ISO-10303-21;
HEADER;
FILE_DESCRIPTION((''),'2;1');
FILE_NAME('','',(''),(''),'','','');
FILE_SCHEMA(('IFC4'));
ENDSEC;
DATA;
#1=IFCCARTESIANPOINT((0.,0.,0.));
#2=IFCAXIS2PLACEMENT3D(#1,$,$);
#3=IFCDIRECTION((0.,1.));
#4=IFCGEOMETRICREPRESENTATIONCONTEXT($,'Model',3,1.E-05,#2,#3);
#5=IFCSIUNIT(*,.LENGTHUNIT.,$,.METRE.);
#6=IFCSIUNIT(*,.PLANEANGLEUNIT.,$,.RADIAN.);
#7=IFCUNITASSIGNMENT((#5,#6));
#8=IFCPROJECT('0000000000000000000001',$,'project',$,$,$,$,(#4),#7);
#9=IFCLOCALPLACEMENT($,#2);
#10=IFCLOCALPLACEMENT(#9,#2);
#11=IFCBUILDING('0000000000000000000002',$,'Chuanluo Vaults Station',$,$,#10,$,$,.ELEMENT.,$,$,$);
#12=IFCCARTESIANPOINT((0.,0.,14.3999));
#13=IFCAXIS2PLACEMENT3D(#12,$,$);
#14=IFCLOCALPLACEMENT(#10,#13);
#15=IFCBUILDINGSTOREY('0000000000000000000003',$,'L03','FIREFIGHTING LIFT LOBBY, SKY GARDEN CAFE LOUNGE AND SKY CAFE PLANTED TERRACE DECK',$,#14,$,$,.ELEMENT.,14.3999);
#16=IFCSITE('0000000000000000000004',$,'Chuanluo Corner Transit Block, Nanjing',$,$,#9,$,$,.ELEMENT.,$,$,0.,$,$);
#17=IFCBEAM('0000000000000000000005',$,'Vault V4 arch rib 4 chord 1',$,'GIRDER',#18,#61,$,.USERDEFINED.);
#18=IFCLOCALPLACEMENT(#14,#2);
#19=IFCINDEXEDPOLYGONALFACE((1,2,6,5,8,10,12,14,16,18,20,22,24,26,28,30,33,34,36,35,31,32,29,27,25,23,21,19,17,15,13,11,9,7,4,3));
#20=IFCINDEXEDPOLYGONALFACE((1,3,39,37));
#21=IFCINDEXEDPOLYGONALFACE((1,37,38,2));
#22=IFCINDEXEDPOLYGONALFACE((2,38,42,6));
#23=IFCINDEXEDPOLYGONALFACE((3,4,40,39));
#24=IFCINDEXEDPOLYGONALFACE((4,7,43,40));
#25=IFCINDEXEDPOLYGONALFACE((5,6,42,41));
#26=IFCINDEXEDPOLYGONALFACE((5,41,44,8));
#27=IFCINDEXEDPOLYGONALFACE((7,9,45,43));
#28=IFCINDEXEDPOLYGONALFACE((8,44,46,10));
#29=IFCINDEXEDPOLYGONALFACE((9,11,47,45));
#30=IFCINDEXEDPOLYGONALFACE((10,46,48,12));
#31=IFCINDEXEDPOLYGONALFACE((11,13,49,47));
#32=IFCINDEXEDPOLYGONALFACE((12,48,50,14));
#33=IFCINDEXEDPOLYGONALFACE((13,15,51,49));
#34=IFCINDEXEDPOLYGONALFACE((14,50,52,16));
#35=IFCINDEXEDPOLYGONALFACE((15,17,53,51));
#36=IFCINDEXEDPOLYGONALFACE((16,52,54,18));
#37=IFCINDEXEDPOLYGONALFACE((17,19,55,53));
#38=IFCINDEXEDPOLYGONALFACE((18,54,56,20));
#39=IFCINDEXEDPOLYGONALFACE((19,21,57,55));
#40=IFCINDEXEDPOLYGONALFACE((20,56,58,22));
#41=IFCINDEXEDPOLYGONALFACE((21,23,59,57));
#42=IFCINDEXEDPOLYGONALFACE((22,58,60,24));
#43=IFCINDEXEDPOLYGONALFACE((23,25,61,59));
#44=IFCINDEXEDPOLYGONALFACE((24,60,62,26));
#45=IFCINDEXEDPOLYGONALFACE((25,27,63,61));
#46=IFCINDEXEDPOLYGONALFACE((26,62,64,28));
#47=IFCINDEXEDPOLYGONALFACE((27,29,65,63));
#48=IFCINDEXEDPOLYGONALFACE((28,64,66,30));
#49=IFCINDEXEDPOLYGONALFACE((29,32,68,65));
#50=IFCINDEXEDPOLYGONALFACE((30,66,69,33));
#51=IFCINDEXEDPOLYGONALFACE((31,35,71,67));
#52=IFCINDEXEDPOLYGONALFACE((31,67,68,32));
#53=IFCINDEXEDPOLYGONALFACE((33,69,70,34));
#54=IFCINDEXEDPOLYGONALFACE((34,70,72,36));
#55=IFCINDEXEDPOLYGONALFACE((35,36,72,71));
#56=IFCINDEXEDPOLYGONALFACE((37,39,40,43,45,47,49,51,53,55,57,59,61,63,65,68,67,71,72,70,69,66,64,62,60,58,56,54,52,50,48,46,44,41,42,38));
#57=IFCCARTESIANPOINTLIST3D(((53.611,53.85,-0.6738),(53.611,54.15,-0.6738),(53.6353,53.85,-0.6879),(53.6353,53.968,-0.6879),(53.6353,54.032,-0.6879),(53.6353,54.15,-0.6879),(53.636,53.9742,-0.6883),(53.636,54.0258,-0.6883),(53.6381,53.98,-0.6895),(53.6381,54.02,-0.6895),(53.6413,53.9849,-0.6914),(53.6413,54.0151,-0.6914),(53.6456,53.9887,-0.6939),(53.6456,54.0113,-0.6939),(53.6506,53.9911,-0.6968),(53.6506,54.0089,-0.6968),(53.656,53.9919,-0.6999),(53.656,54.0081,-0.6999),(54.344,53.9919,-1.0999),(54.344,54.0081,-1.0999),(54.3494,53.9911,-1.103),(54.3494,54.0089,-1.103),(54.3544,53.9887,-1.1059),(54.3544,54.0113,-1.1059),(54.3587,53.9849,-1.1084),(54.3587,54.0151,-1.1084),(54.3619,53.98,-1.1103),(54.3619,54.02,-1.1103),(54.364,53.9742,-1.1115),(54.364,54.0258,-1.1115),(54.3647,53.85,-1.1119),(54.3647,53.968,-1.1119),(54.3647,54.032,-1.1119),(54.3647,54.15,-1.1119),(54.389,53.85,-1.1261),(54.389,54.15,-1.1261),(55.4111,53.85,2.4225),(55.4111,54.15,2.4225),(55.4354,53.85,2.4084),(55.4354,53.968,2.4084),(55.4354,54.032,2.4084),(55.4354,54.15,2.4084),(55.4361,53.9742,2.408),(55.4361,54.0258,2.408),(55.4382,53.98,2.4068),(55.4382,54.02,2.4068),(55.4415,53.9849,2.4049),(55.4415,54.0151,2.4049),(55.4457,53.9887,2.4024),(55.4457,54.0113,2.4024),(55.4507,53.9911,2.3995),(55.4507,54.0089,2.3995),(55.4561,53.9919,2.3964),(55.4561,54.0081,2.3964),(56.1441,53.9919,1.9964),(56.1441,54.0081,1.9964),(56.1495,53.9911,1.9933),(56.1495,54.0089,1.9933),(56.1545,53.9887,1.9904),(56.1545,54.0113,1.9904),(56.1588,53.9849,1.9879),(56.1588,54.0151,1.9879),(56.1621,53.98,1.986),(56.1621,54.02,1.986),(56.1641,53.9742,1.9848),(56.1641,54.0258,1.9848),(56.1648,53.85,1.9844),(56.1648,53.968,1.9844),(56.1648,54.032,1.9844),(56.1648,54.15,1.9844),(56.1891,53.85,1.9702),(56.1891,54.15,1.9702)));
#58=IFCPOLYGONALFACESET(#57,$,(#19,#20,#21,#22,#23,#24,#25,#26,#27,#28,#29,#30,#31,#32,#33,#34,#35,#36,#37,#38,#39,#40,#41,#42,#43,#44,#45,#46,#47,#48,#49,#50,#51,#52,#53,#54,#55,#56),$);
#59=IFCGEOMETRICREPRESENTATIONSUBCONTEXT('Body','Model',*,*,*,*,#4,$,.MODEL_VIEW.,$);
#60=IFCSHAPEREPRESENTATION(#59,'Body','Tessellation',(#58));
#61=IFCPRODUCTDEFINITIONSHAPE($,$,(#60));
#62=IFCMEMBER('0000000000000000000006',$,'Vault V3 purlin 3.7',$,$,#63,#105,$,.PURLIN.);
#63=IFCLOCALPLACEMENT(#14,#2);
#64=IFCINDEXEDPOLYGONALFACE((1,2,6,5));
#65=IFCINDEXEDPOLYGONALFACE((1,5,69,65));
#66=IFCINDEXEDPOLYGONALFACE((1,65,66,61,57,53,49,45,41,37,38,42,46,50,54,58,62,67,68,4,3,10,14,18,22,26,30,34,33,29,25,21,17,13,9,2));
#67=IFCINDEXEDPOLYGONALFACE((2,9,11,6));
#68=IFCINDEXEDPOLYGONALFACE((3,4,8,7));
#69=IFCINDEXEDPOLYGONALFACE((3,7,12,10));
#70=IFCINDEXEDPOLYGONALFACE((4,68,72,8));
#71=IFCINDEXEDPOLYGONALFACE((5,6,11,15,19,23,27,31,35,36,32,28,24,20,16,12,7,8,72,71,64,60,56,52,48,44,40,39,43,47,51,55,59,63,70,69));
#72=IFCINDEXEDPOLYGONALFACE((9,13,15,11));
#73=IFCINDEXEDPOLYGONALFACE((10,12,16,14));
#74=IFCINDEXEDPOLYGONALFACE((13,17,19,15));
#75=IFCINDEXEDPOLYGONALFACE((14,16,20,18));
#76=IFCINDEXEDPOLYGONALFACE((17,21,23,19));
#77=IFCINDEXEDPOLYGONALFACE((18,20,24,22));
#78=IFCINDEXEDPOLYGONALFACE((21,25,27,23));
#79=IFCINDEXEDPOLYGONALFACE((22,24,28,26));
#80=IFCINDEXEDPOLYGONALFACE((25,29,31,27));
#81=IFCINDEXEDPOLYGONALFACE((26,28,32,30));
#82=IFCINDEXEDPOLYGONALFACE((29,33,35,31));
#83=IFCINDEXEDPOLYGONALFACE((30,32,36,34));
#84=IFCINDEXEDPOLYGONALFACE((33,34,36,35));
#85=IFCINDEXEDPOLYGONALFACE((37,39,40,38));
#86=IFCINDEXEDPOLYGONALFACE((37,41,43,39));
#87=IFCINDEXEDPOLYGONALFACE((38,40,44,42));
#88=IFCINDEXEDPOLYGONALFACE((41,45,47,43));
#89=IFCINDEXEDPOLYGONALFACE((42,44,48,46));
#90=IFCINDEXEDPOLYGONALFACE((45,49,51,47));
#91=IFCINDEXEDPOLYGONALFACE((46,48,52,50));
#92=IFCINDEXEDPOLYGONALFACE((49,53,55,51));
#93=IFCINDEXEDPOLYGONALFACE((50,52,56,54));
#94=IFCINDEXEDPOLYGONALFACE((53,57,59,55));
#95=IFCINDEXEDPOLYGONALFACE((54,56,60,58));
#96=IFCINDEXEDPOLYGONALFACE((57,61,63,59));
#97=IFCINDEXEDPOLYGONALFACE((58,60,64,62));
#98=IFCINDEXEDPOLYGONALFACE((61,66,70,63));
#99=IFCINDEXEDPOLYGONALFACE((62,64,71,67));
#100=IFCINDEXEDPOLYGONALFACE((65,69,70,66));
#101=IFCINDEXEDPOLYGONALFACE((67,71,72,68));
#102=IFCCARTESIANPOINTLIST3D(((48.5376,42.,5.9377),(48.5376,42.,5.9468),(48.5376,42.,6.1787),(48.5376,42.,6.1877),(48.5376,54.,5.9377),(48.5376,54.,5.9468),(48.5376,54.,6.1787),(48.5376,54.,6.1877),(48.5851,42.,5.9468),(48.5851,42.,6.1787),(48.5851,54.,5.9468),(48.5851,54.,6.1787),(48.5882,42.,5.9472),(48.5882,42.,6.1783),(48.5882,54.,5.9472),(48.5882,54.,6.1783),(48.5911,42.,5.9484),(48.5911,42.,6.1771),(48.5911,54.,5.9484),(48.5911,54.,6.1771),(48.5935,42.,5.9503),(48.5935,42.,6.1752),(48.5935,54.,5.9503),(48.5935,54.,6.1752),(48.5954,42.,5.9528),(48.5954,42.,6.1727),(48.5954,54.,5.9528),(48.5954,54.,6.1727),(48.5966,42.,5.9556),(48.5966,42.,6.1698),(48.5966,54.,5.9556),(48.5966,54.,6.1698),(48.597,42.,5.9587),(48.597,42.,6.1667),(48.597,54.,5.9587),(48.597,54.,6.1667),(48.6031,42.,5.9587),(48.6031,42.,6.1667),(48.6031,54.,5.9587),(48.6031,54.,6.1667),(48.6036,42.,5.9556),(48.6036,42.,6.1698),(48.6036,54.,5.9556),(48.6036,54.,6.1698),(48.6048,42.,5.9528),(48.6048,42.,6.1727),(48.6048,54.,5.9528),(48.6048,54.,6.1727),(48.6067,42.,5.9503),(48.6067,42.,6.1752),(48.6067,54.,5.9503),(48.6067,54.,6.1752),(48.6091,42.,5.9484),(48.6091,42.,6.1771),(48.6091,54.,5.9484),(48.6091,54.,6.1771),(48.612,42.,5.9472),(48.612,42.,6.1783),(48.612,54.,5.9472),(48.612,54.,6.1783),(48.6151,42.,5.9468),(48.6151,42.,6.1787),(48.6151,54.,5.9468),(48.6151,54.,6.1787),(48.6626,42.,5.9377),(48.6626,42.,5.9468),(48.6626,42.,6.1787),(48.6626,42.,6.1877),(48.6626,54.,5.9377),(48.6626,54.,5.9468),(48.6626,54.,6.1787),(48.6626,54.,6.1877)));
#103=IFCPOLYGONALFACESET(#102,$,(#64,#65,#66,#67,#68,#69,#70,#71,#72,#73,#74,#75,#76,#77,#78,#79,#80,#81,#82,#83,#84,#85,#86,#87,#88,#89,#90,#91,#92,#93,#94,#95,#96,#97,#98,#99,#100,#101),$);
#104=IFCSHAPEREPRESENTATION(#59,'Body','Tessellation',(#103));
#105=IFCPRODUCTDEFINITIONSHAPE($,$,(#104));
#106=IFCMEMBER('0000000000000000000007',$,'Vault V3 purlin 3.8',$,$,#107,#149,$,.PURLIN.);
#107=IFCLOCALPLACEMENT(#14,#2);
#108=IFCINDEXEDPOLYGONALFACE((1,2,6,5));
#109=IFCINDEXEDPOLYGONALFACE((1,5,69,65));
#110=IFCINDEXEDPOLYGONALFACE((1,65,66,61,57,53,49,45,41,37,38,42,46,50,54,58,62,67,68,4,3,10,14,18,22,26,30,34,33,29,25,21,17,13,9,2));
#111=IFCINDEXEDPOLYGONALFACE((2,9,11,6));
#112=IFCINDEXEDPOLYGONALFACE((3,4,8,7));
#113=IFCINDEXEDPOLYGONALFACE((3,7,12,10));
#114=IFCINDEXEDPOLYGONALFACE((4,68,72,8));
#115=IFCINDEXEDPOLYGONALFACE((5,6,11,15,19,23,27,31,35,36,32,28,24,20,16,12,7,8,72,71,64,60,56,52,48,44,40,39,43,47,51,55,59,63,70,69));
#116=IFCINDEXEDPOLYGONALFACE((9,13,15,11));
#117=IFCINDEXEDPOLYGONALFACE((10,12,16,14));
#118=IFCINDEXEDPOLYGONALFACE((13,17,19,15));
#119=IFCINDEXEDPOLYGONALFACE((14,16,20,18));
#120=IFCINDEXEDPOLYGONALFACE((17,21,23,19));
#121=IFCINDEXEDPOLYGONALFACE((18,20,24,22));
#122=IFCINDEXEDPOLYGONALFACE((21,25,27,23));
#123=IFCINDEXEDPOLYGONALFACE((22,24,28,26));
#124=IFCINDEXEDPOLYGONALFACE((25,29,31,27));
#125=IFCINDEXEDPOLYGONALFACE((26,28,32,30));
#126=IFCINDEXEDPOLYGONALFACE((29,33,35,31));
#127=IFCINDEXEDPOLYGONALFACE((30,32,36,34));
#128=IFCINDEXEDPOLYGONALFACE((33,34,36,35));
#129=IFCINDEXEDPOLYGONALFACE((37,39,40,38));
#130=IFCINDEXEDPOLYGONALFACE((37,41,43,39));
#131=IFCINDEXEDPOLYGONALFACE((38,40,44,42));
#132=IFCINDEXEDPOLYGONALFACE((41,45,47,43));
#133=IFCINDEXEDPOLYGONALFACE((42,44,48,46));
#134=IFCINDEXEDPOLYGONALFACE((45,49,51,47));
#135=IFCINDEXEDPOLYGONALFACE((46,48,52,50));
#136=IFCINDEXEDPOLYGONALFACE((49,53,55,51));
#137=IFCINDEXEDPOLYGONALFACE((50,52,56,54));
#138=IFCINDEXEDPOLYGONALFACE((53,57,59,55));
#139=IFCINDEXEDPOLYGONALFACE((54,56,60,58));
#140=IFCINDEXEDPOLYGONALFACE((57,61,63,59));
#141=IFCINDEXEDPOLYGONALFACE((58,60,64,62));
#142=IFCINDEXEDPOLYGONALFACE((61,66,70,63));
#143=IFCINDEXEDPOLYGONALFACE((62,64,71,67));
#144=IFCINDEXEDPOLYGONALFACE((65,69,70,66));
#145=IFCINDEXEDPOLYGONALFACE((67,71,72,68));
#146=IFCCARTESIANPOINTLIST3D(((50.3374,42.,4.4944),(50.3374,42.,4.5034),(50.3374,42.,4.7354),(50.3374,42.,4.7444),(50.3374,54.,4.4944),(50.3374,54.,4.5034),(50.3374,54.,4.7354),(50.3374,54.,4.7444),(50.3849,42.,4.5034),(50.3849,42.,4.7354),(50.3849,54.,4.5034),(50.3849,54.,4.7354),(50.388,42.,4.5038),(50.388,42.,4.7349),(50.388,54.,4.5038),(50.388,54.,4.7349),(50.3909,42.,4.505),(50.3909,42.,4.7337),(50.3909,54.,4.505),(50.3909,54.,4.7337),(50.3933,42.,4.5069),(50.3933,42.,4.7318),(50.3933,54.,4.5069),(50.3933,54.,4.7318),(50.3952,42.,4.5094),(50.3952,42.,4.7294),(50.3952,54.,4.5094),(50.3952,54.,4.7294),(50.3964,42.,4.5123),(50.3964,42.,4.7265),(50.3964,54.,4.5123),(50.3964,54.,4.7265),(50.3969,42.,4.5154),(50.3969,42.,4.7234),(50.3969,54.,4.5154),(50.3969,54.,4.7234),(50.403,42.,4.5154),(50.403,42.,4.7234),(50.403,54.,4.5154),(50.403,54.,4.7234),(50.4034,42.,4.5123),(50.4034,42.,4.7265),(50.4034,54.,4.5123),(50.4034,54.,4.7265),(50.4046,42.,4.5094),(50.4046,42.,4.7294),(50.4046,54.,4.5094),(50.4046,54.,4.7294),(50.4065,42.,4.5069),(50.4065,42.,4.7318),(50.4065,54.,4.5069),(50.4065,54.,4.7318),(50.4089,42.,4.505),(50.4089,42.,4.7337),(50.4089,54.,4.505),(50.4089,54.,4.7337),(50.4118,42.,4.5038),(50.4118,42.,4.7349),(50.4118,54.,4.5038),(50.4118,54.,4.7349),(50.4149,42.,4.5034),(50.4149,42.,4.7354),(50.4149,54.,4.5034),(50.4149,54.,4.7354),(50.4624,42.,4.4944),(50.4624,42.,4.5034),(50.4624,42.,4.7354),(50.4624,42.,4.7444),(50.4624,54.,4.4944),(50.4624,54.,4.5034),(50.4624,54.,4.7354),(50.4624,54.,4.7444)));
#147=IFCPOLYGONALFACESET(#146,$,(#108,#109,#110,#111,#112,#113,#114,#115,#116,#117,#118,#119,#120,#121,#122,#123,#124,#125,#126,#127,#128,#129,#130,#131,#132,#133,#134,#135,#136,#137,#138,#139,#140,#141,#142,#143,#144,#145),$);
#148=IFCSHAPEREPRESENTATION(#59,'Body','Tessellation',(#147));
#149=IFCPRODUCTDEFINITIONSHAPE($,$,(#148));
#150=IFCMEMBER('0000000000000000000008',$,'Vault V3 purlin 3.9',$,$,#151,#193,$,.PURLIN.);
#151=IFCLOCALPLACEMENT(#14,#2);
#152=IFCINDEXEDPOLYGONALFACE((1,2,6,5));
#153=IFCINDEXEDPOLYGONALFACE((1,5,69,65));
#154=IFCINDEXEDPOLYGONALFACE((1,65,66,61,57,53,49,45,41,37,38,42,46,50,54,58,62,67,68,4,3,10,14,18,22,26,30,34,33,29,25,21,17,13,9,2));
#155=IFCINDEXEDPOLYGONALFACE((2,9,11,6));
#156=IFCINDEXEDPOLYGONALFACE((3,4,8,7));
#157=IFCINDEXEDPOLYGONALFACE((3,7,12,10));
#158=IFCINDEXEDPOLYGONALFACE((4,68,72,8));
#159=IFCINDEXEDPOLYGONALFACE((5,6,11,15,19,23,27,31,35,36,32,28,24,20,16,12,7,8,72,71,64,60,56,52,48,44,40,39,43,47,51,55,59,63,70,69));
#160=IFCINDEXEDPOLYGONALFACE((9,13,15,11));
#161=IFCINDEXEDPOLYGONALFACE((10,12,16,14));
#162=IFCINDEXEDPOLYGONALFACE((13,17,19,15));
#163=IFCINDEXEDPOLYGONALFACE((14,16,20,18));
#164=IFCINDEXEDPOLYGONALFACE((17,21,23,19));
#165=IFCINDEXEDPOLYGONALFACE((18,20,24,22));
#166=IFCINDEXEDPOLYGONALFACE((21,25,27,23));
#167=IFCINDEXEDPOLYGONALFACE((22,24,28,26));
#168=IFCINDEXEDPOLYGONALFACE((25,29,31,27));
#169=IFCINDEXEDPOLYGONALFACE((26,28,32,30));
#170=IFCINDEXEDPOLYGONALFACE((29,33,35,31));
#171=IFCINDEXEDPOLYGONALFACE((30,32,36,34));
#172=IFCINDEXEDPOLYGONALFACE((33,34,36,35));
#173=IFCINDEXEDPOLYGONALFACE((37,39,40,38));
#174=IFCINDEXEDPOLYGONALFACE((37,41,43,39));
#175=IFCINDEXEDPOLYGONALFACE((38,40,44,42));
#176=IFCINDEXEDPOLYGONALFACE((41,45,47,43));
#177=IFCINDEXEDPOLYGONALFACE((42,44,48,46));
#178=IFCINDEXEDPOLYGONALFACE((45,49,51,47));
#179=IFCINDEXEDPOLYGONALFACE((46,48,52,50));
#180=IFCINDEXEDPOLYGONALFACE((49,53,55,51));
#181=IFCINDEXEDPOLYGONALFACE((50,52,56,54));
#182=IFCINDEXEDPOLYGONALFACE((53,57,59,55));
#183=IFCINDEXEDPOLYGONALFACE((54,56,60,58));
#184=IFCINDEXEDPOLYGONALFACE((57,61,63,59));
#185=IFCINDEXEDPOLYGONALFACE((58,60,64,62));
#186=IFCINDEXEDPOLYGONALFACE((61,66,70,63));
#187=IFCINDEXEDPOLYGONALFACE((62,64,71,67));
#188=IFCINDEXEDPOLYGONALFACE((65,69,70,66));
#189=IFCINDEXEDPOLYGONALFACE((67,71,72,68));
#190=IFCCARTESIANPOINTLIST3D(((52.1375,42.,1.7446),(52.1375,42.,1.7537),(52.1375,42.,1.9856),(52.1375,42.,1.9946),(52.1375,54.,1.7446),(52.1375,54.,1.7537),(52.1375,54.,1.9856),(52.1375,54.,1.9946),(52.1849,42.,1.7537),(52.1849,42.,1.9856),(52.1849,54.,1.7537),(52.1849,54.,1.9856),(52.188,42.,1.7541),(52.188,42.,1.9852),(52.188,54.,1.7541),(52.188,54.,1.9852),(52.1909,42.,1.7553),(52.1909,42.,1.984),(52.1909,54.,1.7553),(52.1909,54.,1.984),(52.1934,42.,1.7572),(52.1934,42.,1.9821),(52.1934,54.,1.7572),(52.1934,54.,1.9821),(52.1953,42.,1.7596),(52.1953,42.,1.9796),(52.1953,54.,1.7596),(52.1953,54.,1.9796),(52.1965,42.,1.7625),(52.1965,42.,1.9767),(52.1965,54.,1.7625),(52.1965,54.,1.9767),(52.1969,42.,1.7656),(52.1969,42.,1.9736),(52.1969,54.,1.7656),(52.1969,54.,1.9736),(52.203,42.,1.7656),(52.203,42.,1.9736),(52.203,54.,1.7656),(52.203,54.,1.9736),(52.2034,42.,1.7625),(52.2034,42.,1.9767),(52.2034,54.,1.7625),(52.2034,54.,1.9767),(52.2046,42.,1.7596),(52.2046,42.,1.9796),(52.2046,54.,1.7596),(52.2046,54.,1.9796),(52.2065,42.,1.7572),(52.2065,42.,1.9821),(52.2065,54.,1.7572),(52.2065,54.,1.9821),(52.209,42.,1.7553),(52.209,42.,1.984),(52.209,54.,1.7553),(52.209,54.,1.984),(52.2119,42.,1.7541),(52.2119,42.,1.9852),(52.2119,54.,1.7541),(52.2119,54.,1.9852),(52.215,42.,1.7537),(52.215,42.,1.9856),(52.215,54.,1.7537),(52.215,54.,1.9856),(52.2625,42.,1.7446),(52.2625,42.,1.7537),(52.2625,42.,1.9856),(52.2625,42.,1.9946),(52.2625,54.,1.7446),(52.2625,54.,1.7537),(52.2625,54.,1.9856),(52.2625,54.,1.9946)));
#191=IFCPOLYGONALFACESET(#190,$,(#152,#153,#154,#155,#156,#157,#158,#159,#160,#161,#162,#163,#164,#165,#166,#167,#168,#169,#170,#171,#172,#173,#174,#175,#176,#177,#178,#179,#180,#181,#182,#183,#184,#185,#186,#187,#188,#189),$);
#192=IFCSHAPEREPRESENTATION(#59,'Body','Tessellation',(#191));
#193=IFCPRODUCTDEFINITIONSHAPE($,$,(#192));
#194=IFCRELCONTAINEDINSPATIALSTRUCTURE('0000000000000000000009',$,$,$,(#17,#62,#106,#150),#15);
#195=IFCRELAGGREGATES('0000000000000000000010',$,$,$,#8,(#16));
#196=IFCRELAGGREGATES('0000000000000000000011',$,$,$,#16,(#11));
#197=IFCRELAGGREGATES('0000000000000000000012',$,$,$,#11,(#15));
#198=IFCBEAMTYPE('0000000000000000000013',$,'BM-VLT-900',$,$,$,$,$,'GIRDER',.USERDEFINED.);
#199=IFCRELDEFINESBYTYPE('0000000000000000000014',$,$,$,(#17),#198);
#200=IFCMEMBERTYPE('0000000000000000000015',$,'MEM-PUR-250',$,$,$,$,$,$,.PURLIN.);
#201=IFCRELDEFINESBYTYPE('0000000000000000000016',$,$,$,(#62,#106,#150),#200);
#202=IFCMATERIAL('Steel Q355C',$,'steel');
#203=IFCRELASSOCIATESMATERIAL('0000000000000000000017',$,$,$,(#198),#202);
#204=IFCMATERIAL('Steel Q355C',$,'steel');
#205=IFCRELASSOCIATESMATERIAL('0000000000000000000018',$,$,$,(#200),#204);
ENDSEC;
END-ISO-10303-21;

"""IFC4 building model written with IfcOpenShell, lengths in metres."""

from ifc_helpers import new_model, si_unit, direction, frame, origin, origin_2d, place, context, subcontext, project, spatial, i_section, extrude, material, material_profile, profile_set, type_object, element, save


model = new_model("IFC4")

# Units and contexts
model_context = context("Model", 3, precision=1e-05, world=origin(), true_north=direction((0.0, 1.0)))
body_context = subcontext(model_context, "Body", "Model", "MODEL_VIEW")
ifc_project = project(units=[si_unit("LENGTHUNIT", "METRE"), si_unit("PLANEANGLEUNIT", "RADIAN")], contexts=[model_context])

# Site, building, storey
site_placement = place(None, origin())
site = spatial("IfcSite", under=ifc_project, at=site_placement, Name="Chuanluo Corner Transit Block, Nanjing", CompositionType="ELEMENT", RefElevation=0.0)
building_placement = place(site_placement, origin())
building = spatial("IfcBuilding", under=site, at=building_placement, Name="Chuanluo Vaults Station", CompositionType="ELEMENT")
storey_placement = place(building_placement, frame((0.0, 0.0, 14.3999)))
storey = spatial("IfcBuildingStorey", under=building, at=storey_placement, Name="L03", Description="FIREFIGHTING LIFT LOBBY, SKY GARDEN CAFE LOUNGE AND SKY CAFE PLANTED TERRACE DECK", CompositionType="ELEMENT", Elevation=14.3999)

# Beam
ifc_material_1 = material(Name="Steel Q355C", Category="steel")
ifc_material_profile_1 = material_profile(ifc_material_1, i_section(OverallWidth=0.3, OverallDepth=0.8999, WebThickness=0.0161, FlangeThickness=0.0281, FilletRadius=0.0239, at=origin_2d()))
ifc_profile_set_1 = profile_set([ifc_material_profile_1], Name="Steel Q355C")
beam_type_1 = type_object("IfcBeamType", Name="BM-VLT-900", ElementType="GIRDER", PredefinedType="USERDEFINED", material=ifc_profile_set_1)
for number, where, z_axis, x_axis, name in (
    (1, (54.0, 54.0, -0.8999), (0.502607, 0.0, 0.864515), (0.0, 1.0, 0.0), "Vault V4 arch rib 4 chord 1"),
):
    element("IfcBeam", number, at=place(storey_placement, frame(where, z_axis=z_axis, x_axis=x_axis)), inside=storey, type_object=beam_type_1, Name=name, ObjectType="GIRDER", PredefinedType="USERDEFINED", context=body_context, shape_type="SweptSolid", body=[
        extrude(i_section(OverallWidth=0.3, OverallDepth=0.8999, WebThickness=0.0161, FlangeThickness=0.0281, FilletRadius=0.0239, at=origin_2d()), origin(), (0.0, 0.0, 1.0), 3.5815),
    ])

# Members
ifc_material_2 = material(Name="Steel Q355C", Category="steel")
ifc_material_profile_2 = material_profile(ifc_material_2, i_section(OverallWidth=0.125, OverallDepth=0.25, WebThickness=0.0061, FlangeThickness=0.009, FilletRadius=0.012, at=origin_2d()))
ifc_profile_set_2 = profile_set([ifc_material_profile_2], Name="Steel Q355C")
member_type_1 = type_object("IfcMemberType", Name="MEM-PUR-250", PredefinedType="PURLIN", material=ifc_profile_set_2)
for number, where, z_axis, x_axis, name in (
    (2, (48.6001, 42.0, 6.0627), (0.0, 1.0, 0.0), (-1.0, 0.0, 0.0), "Vault V3 purlin 3.7"),
    (3, (50.3999, 42.0, 4.6194), (0.0, 1.0, 0.0), (-1.0, 0.0, 0.0), "Vault V3 purlin 3.8"),
    (4, (52.2, 42.0, 1.8696), (0.0, 1.0, 0.0), (-1.0, 0.0, 0.0), "Vault V3 purlin 3.9"),
):
    element("IfcMember", number, at=place(storey_placement, frame(where, z_axis=z_axis, x_axis=x_axis)), inside=storey, type_object=member_type_1, Name=name, PredefinedType="PURLIN", context=body_context, shape_type="SweptSolid", body=[
        extrude(i_section(OverallWidth=0.125, OverallDepth=0.25, WebThickness=0.0061, FlangeThickness=0.009, FilletRadius=0.012, at=origin_2d()), origin(), (0.0, 0.0, 1.0), 12.0),
    ])

save(model, "model.ifc")
